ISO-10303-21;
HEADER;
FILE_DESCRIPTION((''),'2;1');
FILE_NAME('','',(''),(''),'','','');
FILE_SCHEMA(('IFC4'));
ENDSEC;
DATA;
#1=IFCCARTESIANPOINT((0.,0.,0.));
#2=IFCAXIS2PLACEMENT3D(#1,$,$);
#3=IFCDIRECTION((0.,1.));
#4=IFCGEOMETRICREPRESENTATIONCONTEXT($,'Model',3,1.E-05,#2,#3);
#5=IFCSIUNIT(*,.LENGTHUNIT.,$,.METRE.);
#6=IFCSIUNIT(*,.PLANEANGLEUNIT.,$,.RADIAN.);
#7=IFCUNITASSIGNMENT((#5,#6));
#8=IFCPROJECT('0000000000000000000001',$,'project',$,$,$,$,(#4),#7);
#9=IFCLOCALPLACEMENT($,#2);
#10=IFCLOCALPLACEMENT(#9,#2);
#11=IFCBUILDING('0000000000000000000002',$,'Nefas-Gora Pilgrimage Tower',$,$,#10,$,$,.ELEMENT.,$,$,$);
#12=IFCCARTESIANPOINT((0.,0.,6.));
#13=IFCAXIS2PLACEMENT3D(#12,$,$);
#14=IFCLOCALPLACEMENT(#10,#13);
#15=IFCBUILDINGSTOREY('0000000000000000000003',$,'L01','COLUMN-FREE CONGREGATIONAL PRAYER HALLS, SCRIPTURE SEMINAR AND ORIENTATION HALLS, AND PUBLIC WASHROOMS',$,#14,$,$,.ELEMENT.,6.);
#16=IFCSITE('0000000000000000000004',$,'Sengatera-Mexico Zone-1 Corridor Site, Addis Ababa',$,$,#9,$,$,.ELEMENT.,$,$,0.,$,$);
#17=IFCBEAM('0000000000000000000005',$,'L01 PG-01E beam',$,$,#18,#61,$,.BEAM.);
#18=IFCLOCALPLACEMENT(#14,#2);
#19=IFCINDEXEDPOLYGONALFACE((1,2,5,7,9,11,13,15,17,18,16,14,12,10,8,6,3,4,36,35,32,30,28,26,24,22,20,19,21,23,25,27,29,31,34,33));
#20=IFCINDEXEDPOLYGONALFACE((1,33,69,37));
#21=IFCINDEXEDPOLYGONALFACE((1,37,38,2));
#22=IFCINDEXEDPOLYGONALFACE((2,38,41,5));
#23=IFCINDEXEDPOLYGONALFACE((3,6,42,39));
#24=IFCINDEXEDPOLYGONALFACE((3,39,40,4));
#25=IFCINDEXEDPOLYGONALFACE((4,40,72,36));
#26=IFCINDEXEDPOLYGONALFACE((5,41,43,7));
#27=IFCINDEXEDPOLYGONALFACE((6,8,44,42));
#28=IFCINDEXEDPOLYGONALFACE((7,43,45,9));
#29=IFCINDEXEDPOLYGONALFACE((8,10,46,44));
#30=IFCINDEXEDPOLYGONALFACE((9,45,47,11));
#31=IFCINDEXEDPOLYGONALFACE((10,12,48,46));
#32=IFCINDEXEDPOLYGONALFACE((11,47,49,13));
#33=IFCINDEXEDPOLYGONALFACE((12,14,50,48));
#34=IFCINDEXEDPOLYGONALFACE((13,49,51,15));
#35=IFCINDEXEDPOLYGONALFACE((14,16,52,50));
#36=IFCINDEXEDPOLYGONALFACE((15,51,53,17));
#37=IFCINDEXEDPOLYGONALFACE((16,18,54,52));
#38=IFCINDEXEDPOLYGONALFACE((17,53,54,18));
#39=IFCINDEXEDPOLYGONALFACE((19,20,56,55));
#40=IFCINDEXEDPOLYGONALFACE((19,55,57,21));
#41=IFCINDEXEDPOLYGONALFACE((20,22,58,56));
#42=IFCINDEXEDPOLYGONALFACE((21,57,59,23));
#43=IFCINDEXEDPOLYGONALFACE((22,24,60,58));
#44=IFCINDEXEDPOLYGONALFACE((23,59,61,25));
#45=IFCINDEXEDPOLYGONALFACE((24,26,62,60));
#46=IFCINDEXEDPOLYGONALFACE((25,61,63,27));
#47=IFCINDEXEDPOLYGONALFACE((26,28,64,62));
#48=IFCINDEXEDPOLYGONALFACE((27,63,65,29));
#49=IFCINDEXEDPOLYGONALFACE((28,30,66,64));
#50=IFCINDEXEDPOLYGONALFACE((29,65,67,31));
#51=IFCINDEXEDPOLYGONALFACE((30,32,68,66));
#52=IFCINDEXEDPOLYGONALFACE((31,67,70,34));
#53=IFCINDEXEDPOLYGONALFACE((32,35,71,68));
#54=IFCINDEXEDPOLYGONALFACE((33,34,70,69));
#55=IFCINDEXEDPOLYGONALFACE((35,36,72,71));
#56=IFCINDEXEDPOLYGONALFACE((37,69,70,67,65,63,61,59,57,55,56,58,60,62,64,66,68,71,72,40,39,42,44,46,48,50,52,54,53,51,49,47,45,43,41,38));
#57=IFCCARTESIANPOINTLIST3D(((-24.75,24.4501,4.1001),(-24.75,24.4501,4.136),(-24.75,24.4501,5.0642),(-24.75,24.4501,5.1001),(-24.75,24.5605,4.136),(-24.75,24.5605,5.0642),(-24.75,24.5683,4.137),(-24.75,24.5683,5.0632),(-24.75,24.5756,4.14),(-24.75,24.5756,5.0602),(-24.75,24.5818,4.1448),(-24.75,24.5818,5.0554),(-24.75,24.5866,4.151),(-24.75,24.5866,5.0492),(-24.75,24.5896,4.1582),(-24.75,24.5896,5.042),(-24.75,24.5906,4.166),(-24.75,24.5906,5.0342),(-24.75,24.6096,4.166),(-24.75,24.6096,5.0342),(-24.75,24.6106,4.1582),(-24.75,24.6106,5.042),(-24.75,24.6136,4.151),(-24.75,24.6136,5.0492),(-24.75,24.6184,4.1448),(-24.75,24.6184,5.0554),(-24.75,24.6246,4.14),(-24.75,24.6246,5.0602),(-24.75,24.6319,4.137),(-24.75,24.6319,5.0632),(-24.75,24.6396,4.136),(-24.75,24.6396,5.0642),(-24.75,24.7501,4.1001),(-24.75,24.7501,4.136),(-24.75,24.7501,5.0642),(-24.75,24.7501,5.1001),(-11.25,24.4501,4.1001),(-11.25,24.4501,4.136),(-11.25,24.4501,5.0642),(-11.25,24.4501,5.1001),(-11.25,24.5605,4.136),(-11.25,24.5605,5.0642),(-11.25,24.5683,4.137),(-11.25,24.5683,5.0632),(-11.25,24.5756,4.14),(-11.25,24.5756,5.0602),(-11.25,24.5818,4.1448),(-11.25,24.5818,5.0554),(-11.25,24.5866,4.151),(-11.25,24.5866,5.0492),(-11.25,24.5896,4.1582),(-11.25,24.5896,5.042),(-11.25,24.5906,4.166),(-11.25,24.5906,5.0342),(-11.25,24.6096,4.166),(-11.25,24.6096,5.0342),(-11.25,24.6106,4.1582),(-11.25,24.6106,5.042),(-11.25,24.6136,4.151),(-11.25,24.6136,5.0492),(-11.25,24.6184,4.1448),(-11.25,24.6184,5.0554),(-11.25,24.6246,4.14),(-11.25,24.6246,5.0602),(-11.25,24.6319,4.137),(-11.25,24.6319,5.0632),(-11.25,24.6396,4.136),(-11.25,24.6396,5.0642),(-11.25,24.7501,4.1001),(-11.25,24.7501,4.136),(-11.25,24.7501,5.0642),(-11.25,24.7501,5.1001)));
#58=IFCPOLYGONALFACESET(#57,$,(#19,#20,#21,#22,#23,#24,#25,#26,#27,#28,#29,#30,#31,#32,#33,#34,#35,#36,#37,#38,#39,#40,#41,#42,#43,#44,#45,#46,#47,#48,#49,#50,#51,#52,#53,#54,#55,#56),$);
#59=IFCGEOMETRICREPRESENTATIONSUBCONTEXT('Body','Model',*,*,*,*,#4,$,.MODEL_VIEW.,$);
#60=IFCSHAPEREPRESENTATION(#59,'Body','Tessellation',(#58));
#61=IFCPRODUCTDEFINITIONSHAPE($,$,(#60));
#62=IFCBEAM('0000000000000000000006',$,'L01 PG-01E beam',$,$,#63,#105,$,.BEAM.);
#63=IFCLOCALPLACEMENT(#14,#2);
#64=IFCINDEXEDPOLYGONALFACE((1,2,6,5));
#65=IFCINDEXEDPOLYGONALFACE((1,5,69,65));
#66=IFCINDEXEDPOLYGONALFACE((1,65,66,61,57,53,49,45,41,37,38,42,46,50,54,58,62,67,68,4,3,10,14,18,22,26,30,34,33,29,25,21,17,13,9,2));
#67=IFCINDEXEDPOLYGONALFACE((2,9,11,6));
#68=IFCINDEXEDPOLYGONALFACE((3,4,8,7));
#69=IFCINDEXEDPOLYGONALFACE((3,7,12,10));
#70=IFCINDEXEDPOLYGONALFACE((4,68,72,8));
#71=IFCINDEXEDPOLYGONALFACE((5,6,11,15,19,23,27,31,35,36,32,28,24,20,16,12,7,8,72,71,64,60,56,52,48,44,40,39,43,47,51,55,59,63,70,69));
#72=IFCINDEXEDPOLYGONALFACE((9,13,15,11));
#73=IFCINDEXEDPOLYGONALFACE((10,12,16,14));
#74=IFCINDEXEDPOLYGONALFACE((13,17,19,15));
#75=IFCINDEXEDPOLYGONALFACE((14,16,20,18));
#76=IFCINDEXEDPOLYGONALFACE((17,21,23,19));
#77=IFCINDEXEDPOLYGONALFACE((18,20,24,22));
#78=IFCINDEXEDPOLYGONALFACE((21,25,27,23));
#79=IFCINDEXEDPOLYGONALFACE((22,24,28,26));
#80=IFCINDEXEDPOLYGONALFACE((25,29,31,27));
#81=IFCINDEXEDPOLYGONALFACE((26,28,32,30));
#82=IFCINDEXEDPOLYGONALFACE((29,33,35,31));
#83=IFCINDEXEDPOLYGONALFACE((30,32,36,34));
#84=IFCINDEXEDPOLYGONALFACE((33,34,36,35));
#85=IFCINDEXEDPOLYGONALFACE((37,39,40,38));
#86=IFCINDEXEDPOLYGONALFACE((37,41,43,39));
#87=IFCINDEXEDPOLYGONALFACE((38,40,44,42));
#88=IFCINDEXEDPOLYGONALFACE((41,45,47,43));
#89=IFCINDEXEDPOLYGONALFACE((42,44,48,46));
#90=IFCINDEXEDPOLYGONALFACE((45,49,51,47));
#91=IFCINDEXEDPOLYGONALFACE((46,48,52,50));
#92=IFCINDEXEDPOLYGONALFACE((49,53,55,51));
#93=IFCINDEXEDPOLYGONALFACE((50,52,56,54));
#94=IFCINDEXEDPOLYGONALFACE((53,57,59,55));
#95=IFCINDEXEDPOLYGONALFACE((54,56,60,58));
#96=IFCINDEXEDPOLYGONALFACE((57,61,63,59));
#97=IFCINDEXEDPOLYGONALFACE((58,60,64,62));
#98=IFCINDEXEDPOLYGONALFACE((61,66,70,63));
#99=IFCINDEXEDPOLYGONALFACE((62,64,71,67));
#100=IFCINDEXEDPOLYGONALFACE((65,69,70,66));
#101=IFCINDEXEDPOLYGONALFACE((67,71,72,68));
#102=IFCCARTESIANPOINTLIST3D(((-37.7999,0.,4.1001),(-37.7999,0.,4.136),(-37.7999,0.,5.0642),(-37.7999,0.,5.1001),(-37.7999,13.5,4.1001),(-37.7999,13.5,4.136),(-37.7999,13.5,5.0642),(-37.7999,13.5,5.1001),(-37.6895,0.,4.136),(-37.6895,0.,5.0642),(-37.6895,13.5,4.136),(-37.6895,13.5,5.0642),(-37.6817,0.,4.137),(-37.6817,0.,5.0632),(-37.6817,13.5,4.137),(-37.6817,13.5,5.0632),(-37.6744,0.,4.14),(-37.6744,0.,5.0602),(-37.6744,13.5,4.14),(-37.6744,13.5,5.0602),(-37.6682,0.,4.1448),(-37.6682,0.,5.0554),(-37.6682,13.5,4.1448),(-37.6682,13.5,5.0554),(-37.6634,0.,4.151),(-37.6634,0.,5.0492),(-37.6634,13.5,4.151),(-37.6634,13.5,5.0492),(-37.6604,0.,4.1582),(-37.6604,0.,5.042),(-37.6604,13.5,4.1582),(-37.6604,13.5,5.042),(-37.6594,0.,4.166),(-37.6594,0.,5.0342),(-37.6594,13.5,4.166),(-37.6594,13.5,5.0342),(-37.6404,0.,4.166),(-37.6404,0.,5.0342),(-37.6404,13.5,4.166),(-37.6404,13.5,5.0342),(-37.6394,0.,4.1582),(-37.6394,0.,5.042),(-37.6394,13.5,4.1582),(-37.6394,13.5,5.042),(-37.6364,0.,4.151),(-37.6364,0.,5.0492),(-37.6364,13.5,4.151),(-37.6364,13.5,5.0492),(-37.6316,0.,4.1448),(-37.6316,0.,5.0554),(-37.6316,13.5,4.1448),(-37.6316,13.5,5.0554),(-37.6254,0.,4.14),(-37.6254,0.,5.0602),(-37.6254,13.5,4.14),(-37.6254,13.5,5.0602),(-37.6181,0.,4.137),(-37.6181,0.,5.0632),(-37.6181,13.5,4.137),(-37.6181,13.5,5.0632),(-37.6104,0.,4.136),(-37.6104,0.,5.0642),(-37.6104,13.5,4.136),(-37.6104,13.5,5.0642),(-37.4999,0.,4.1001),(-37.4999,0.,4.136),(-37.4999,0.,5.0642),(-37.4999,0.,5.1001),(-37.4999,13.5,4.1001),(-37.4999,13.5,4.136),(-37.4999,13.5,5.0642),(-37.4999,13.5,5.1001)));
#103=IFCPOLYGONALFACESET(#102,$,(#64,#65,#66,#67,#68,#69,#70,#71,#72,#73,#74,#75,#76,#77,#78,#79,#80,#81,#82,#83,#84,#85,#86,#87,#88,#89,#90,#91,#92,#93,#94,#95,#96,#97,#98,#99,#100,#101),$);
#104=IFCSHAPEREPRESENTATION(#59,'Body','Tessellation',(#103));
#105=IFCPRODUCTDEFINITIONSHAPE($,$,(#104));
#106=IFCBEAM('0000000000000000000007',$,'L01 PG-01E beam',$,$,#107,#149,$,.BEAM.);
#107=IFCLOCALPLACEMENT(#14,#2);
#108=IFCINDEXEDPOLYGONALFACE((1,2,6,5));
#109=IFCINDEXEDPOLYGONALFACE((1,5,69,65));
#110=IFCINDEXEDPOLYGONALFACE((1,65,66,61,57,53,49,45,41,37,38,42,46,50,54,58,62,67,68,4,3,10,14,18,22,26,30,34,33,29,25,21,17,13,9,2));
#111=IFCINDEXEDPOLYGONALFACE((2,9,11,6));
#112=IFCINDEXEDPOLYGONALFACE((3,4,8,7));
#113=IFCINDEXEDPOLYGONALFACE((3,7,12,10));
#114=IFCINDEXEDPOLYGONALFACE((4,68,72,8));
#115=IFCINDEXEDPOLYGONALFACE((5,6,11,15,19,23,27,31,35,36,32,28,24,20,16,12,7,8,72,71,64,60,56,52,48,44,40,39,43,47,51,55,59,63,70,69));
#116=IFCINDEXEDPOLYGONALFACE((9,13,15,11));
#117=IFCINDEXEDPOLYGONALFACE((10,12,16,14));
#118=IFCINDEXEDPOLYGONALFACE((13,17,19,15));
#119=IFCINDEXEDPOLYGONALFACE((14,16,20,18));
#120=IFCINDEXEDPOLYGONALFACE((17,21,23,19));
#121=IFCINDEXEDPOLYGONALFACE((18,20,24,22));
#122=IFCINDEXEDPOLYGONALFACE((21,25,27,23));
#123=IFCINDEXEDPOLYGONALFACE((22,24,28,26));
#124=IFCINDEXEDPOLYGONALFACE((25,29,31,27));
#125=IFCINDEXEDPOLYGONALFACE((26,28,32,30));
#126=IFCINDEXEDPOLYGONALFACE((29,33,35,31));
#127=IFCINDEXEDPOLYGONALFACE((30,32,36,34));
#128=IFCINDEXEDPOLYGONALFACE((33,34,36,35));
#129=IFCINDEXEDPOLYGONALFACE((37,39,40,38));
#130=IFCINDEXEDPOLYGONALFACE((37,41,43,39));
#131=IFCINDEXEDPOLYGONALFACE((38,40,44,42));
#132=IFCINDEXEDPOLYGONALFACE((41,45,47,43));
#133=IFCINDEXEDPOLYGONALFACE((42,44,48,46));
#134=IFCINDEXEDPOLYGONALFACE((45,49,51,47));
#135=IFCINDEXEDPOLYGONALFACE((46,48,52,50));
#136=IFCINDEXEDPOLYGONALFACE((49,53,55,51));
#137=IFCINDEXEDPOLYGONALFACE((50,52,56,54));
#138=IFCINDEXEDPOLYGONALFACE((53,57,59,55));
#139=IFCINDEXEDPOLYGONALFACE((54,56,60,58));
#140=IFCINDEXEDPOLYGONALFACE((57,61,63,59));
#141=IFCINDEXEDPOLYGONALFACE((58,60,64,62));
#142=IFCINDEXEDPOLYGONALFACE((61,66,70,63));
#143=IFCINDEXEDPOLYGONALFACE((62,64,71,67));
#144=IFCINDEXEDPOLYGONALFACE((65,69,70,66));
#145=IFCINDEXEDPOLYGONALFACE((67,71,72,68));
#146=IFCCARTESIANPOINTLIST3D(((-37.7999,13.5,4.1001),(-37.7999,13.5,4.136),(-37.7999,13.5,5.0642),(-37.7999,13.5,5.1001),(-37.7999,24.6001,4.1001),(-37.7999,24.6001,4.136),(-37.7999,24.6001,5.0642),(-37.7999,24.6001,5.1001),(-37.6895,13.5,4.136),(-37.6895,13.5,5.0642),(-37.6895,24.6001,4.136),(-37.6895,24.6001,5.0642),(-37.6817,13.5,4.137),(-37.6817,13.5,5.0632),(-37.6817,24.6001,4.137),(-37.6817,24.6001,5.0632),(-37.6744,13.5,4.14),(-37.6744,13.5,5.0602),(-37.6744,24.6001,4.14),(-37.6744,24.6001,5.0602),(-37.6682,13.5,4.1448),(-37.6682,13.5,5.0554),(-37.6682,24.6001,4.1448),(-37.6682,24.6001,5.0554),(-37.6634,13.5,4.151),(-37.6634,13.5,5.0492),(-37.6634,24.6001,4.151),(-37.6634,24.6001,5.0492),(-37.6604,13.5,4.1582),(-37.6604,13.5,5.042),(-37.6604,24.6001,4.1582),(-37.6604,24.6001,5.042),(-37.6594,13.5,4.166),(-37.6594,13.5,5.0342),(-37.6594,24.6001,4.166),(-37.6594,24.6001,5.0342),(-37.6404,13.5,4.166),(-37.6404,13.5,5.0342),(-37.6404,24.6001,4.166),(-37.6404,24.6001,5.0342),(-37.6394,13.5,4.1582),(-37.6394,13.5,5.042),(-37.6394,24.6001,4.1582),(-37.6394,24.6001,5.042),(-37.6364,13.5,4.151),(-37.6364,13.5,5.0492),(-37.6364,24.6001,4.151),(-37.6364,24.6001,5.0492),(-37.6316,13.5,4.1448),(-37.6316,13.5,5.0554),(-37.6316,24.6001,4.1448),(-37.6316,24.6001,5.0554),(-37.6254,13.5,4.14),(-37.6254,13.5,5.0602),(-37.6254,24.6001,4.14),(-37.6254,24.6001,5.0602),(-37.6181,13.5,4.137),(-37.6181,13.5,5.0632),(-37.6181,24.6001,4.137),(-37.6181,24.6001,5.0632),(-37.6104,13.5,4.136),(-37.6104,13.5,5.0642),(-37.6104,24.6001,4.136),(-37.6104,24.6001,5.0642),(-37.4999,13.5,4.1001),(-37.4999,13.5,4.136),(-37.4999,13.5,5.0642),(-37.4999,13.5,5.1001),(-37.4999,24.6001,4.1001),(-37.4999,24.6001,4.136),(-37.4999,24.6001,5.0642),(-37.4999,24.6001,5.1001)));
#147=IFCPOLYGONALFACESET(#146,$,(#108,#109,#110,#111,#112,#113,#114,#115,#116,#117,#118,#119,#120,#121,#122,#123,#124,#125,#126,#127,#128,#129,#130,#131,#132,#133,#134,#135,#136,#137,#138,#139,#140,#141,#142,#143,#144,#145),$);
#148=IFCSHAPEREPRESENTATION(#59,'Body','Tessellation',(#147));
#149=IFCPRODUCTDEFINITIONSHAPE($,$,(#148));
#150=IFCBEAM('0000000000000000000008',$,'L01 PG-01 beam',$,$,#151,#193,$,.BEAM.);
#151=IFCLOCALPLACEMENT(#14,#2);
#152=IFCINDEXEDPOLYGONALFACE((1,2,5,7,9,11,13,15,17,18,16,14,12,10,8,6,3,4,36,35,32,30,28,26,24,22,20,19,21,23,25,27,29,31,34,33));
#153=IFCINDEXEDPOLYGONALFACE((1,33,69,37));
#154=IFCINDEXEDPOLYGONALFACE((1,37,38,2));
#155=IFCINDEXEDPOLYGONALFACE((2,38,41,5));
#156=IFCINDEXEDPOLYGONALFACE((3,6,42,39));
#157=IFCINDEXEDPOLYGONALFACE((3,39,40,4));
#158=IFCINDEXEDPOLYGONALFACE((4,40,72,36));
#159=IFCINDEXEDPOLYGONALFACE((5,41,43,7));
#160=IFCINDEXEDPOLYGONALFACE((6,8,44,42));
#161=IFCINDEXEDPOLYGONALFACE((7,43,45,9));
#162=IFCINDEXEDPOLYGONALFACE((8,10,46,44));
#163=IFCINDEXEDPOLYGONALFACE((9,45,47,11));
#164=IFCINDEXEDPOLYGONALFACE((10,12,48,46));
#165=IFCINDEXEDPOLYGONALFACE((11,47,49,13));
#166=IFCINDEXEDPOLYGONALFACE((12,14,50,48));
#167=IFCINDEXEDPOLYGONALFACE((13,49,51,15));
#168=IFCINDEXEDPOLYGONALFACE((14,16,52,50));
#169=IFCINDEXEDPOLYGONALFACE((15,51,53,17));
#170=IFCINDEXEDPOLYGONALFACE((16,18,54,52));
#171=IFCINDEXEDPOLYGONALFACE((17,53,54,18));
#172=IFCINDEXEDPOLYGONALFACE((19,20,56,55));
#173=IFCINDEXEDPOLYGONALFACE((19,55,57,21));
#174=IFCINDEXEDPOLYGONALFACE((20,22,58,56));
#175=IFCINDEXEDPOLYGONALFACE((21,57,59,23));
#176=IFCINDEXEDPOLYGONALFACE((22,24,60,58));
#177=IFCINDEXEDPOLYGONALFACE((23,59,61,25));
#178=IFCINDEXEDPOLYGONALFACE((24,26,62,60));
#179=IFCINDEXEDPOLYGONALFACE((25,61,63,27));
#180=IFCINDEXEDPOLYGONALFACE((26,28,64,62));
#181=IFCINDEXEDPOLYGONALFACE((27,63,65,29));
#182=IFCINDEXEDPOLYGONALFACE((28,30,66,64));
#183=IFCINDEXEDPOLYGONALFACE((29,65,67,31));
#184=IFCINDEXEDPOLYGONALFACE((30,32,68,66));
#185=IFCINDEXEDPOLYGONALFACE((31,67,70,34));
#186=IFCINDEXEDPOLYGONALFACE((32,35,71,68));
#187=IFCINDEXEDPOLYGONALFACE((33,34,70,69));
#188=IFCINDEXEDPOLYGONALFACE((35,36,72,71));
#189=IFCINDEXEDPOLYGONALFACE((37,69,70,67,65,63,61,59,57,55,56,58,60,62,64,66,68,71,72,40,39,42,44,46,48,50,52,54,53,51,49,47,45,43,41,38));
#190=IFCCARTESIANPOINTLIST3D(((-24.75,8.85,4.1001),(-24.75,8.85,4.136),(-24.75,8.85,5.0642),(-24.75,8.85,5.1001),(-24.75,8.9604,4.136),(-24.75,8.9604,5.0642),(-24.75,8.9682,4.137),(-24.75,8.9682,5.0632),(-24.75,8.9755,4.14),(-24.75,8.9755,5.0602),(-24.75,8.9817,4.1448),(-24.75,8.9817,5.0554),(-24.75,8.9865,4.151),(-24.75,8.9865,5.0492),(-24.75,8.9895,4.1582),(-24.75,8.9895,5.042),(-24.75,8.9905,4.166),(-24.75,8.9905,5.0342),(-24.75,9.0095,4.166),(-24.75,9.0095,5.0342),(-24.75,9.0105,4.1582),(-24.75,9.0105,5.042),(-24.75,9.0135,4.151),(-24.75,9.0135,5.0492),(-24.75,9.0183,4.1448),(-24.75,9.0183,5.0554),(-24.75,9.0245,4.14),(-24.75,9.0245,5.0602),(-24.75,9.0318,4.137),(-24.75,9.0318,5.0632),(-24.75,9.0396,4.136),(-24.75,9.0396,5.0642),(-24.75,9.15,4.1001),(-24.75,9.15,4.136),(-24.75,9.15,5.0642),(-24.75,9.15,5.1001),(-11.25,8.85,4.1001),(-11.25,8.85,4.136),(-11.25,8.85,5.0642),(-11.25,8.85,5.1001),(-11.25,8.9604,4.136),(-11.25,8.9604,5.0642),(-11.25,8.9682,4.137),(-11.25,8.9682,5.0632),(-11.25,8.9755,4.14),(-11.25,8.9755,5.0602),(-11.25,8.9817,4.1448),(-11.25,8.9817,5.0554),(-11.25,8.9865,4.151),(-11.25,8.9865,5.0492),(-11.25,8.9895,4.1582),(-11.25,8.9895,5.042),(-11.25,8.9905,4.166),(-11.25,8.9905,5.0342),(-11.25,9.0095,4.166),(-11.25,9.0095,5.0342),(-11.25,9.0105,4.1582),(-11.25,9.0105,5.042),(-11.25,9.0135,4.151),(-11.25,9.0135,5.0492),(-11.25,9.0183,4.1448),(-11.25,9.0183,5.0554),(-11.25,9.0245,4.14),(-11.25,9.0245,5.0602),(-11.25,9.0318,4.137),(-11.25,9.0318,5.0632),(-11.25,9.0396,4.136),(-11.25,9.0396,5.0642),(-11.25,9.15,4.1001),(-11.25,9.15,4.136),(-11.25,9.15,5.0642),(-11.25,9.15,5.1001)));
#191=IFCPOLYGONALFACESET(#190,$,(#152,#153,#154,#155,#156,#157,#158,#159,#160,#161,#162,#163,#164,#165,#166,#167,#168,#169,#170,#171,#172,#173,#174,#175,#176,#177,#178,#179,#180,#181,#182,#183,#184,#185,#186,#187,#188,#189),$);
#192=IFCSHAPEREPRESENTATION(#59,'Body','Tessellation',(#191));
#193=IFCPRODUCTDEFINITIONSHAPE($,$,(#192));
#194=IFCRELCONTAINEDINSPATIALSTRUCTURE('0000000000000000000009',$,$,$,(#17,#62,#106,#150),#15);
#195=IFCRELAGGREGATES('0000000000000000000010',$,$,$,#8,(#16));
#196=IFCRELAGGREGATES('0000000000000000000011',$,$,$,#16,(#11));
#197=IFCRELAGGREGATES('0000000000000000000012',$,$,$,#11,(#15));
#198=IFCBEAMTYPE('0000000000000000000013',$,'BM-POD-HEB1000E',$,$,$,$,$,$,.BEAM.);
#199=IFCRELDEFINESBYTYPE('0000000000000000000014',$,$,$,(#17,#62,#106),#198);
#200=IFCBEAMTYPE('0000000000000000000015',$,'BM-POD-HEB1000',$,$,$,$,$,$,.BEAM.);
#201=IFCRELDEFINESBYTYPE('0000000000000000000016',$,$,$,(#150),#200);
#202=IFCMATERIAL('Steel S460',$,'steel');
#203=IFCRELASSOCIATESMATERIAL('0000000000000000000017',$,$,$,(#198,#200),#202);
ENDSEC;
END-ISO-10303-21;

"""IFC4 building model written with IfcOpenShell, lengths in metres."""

from ifc_helpers import new_model, si_unit, direction, frame, origin, origin_2d, place, context, subcontext, project, spatial, i_section, extrude, source, transform, mapped, material, material_profile, profile_set, type_object, element, save


model = new_model("IFC4")

# Units and contexts
model_context = context("Model", 3, precision=1e-05, world=origin(), true_north=direction((0.0, 1.0)))
body_context = subcontext(model_context, "Body", "Model", "MODEL_VIEW")
ifc_project = project(units=[si_unit("LENGTHUNIT", "METRE"), si_unit("PLANEANGLEUNIT", "RADIAN")], contexts=[model_context])

# Site, building, storey
site_placement = place(None, origin())
site = spatial("IfcSite", under=ifc_project, at=site_placement, Name="Sengatera-Mexico Zone-1 Corridor Site, Addis Ababa", CompositionType="ELEMENT", RefElevation=0.0)
building_placement = place(site_placement, origin())
building = spatial("IfcBuilding", under=site, at=building_placement, Name="Nefas-Gora Pilgrimage Tower", CompositionType="ELEMENT")
storey_placement = place(building_placement, frame((0.0, 0.0, 6.0)))
storey = spatial("IfcBuildingStorey", under=building, at=storey_placement, Name="L01", Description="COLUMN-FREE CONGREGATIONAL PRAYER HALLS, SCRIPTURE SEMINAR AND ORIENTATION HALLS, AND PUBLIC WASHROOMS", CompositionType="ELEMENT", Elevation=6.0)

# Shared definitions
ifc_material_1 = material(Name="Steel S460", Category="steel")

# Beams
ifc_material_profile_1 = material_profile(ifc_material_1, i_section(OverallWidth=0.3, OverallDepth=1.0, WebThickness=0.019, FlangeThickness=0.0359, FilletRadius=0.03, at=origin_2d()), Name="HEB 1000")
ifc_profile_set_1 = profile_set([ifc_material_profile_1], Name="Steel S460")
beam_type_1 = type_object("IfcBeamType", Name="BM-POD-HEB1000E", PredefinedType="BEAM", material=ifc_profile_set_1)
shared_shape_1 = source(origin(), body_context, "Body", "SweptSolid", [
    extrude(i_section(OverallWidth=0.3, OverallDepth=1.0, WebThickness=0.019, FlangeThickness=0.0359, FilletRadius=0.03, at=origin_2d()), origin(), (0.0, 0.0, 1.0), 13.5),
])
for number, where, z_axis, x_axis, name in (
    (1, (-24.75, 24.6001, 4.6001), (1.0, 0.0, 0.0), (0.0, 1.0, 0.0), "L01 PG-01E beam"),
    (2, (-37.6499, 0.0, 4.6001), (0.0, 1.0, 0.0), (-1.0, 0.0, 0.0), "L01 PG-01E beam"),
):
    element("IfcBeam", number, at=place(storey_placement, frame(where, z_axis=z_axis, x_axis=x_axis)), inside=storey, type_object=beam_type_1, Name=name, PredefinedType="BEAM", context=body_context, shape_type="MappedRepresentation", body=[
        mapped(shared_shape_1, transform((0.0, 0.0, 0.0), x_axis=(1.0, 0.0, 0.0), y_axis=(0.0, 1.0, 0.0), z_axis=(0.0, 0.0, 1.0), scale=1.0)),
    ])
shared_shape_2 = source(origin(), body_context, "Body", "SweptSolid", [
    extrude(i_section(OverallWidth=0.3, OverallDepth=1.0, WebThickness=0.019, FlangeThickness=0.0359, FilletRadius=0.03, at=origin_2d()), origin(), (0.0, 0.0, 1.0), 11.1001),
])
beam_1_placement = place(storey_placement, frame((-37.6499, 13.5, 4.6001), z_axis=(0.0, 1.0, 0.0), x_axis=(-1.0, 0.0, 0.0)))
element("IfcBeam", 3, at=beam_1_placement, inside=storey, type_object=beam_type_1, Name="L01 PG-01E beam", PredefinedType="BEAM", context=body_context, shape_type="MappedRepresentation", body=[
    mapped(shared_shape_2, transform((0.0, 0.0, 0.0), x_axis=(1.0, 0.0, 0.0), y_axis=(0.0, 1.0, 0.0), z_axis=(0.0, 0.0, 1.0), scale=1.0)),
])
ifc_material_profile_2 = material_profile(ifc_material_1, i_section(OverallWidth=0.3, OverallDepth=1.0, WebThickness=0.019, FlangeThickness=0.0359, FilletRadius=0.03, at=origin_2d()), Name="HEB 1000")
ifc_profile_set_2 = profile_set([ifc_material_profile_2], Name="Steel S460")
beam_type_2 = type_object("IfcBeamType", Name="BM-POD-HEB1000", PredefinedType="BEAM", material=ifc_profile_set_2)
shared_shape_3 = source(origin(), body_context, "Body", "SweptSolid", [
    extrude(i_section(OverallWidth=0.3, OverallDepth=1.0, WebThickness=0.019, FlangeThickness=0.0359, FilletRadius=0.03, at=origin_2d()), origin(), (0.0, 0.0, 1.0), 13.5),
])
beam_2_placement = place(storey_placement, frame((-24.75, 9.0, 4.6001), z_axis=(1.0, 0.0, 0.0), x_axis=(0.0, 1.0, 0.0)))
element("IfcBeam", 4, at=beam_2_placement, inside=storey, type_object=beam_type_2, Name="L01 PG-01 beam", PredefinedType="BEAM", context=body_context, shape_type="MappedRepresentation", body=[
    mapped(shared_shape_3, transform((0.0, 0.0, 0.0), x_axis=(1.0, 0.0, 0.0), y_axis=(0.0, 1.0, 0.0), z_axis=(0.0, 0.0, 1.0), scale=1.0)),
])

save(model, "model.ifc")
